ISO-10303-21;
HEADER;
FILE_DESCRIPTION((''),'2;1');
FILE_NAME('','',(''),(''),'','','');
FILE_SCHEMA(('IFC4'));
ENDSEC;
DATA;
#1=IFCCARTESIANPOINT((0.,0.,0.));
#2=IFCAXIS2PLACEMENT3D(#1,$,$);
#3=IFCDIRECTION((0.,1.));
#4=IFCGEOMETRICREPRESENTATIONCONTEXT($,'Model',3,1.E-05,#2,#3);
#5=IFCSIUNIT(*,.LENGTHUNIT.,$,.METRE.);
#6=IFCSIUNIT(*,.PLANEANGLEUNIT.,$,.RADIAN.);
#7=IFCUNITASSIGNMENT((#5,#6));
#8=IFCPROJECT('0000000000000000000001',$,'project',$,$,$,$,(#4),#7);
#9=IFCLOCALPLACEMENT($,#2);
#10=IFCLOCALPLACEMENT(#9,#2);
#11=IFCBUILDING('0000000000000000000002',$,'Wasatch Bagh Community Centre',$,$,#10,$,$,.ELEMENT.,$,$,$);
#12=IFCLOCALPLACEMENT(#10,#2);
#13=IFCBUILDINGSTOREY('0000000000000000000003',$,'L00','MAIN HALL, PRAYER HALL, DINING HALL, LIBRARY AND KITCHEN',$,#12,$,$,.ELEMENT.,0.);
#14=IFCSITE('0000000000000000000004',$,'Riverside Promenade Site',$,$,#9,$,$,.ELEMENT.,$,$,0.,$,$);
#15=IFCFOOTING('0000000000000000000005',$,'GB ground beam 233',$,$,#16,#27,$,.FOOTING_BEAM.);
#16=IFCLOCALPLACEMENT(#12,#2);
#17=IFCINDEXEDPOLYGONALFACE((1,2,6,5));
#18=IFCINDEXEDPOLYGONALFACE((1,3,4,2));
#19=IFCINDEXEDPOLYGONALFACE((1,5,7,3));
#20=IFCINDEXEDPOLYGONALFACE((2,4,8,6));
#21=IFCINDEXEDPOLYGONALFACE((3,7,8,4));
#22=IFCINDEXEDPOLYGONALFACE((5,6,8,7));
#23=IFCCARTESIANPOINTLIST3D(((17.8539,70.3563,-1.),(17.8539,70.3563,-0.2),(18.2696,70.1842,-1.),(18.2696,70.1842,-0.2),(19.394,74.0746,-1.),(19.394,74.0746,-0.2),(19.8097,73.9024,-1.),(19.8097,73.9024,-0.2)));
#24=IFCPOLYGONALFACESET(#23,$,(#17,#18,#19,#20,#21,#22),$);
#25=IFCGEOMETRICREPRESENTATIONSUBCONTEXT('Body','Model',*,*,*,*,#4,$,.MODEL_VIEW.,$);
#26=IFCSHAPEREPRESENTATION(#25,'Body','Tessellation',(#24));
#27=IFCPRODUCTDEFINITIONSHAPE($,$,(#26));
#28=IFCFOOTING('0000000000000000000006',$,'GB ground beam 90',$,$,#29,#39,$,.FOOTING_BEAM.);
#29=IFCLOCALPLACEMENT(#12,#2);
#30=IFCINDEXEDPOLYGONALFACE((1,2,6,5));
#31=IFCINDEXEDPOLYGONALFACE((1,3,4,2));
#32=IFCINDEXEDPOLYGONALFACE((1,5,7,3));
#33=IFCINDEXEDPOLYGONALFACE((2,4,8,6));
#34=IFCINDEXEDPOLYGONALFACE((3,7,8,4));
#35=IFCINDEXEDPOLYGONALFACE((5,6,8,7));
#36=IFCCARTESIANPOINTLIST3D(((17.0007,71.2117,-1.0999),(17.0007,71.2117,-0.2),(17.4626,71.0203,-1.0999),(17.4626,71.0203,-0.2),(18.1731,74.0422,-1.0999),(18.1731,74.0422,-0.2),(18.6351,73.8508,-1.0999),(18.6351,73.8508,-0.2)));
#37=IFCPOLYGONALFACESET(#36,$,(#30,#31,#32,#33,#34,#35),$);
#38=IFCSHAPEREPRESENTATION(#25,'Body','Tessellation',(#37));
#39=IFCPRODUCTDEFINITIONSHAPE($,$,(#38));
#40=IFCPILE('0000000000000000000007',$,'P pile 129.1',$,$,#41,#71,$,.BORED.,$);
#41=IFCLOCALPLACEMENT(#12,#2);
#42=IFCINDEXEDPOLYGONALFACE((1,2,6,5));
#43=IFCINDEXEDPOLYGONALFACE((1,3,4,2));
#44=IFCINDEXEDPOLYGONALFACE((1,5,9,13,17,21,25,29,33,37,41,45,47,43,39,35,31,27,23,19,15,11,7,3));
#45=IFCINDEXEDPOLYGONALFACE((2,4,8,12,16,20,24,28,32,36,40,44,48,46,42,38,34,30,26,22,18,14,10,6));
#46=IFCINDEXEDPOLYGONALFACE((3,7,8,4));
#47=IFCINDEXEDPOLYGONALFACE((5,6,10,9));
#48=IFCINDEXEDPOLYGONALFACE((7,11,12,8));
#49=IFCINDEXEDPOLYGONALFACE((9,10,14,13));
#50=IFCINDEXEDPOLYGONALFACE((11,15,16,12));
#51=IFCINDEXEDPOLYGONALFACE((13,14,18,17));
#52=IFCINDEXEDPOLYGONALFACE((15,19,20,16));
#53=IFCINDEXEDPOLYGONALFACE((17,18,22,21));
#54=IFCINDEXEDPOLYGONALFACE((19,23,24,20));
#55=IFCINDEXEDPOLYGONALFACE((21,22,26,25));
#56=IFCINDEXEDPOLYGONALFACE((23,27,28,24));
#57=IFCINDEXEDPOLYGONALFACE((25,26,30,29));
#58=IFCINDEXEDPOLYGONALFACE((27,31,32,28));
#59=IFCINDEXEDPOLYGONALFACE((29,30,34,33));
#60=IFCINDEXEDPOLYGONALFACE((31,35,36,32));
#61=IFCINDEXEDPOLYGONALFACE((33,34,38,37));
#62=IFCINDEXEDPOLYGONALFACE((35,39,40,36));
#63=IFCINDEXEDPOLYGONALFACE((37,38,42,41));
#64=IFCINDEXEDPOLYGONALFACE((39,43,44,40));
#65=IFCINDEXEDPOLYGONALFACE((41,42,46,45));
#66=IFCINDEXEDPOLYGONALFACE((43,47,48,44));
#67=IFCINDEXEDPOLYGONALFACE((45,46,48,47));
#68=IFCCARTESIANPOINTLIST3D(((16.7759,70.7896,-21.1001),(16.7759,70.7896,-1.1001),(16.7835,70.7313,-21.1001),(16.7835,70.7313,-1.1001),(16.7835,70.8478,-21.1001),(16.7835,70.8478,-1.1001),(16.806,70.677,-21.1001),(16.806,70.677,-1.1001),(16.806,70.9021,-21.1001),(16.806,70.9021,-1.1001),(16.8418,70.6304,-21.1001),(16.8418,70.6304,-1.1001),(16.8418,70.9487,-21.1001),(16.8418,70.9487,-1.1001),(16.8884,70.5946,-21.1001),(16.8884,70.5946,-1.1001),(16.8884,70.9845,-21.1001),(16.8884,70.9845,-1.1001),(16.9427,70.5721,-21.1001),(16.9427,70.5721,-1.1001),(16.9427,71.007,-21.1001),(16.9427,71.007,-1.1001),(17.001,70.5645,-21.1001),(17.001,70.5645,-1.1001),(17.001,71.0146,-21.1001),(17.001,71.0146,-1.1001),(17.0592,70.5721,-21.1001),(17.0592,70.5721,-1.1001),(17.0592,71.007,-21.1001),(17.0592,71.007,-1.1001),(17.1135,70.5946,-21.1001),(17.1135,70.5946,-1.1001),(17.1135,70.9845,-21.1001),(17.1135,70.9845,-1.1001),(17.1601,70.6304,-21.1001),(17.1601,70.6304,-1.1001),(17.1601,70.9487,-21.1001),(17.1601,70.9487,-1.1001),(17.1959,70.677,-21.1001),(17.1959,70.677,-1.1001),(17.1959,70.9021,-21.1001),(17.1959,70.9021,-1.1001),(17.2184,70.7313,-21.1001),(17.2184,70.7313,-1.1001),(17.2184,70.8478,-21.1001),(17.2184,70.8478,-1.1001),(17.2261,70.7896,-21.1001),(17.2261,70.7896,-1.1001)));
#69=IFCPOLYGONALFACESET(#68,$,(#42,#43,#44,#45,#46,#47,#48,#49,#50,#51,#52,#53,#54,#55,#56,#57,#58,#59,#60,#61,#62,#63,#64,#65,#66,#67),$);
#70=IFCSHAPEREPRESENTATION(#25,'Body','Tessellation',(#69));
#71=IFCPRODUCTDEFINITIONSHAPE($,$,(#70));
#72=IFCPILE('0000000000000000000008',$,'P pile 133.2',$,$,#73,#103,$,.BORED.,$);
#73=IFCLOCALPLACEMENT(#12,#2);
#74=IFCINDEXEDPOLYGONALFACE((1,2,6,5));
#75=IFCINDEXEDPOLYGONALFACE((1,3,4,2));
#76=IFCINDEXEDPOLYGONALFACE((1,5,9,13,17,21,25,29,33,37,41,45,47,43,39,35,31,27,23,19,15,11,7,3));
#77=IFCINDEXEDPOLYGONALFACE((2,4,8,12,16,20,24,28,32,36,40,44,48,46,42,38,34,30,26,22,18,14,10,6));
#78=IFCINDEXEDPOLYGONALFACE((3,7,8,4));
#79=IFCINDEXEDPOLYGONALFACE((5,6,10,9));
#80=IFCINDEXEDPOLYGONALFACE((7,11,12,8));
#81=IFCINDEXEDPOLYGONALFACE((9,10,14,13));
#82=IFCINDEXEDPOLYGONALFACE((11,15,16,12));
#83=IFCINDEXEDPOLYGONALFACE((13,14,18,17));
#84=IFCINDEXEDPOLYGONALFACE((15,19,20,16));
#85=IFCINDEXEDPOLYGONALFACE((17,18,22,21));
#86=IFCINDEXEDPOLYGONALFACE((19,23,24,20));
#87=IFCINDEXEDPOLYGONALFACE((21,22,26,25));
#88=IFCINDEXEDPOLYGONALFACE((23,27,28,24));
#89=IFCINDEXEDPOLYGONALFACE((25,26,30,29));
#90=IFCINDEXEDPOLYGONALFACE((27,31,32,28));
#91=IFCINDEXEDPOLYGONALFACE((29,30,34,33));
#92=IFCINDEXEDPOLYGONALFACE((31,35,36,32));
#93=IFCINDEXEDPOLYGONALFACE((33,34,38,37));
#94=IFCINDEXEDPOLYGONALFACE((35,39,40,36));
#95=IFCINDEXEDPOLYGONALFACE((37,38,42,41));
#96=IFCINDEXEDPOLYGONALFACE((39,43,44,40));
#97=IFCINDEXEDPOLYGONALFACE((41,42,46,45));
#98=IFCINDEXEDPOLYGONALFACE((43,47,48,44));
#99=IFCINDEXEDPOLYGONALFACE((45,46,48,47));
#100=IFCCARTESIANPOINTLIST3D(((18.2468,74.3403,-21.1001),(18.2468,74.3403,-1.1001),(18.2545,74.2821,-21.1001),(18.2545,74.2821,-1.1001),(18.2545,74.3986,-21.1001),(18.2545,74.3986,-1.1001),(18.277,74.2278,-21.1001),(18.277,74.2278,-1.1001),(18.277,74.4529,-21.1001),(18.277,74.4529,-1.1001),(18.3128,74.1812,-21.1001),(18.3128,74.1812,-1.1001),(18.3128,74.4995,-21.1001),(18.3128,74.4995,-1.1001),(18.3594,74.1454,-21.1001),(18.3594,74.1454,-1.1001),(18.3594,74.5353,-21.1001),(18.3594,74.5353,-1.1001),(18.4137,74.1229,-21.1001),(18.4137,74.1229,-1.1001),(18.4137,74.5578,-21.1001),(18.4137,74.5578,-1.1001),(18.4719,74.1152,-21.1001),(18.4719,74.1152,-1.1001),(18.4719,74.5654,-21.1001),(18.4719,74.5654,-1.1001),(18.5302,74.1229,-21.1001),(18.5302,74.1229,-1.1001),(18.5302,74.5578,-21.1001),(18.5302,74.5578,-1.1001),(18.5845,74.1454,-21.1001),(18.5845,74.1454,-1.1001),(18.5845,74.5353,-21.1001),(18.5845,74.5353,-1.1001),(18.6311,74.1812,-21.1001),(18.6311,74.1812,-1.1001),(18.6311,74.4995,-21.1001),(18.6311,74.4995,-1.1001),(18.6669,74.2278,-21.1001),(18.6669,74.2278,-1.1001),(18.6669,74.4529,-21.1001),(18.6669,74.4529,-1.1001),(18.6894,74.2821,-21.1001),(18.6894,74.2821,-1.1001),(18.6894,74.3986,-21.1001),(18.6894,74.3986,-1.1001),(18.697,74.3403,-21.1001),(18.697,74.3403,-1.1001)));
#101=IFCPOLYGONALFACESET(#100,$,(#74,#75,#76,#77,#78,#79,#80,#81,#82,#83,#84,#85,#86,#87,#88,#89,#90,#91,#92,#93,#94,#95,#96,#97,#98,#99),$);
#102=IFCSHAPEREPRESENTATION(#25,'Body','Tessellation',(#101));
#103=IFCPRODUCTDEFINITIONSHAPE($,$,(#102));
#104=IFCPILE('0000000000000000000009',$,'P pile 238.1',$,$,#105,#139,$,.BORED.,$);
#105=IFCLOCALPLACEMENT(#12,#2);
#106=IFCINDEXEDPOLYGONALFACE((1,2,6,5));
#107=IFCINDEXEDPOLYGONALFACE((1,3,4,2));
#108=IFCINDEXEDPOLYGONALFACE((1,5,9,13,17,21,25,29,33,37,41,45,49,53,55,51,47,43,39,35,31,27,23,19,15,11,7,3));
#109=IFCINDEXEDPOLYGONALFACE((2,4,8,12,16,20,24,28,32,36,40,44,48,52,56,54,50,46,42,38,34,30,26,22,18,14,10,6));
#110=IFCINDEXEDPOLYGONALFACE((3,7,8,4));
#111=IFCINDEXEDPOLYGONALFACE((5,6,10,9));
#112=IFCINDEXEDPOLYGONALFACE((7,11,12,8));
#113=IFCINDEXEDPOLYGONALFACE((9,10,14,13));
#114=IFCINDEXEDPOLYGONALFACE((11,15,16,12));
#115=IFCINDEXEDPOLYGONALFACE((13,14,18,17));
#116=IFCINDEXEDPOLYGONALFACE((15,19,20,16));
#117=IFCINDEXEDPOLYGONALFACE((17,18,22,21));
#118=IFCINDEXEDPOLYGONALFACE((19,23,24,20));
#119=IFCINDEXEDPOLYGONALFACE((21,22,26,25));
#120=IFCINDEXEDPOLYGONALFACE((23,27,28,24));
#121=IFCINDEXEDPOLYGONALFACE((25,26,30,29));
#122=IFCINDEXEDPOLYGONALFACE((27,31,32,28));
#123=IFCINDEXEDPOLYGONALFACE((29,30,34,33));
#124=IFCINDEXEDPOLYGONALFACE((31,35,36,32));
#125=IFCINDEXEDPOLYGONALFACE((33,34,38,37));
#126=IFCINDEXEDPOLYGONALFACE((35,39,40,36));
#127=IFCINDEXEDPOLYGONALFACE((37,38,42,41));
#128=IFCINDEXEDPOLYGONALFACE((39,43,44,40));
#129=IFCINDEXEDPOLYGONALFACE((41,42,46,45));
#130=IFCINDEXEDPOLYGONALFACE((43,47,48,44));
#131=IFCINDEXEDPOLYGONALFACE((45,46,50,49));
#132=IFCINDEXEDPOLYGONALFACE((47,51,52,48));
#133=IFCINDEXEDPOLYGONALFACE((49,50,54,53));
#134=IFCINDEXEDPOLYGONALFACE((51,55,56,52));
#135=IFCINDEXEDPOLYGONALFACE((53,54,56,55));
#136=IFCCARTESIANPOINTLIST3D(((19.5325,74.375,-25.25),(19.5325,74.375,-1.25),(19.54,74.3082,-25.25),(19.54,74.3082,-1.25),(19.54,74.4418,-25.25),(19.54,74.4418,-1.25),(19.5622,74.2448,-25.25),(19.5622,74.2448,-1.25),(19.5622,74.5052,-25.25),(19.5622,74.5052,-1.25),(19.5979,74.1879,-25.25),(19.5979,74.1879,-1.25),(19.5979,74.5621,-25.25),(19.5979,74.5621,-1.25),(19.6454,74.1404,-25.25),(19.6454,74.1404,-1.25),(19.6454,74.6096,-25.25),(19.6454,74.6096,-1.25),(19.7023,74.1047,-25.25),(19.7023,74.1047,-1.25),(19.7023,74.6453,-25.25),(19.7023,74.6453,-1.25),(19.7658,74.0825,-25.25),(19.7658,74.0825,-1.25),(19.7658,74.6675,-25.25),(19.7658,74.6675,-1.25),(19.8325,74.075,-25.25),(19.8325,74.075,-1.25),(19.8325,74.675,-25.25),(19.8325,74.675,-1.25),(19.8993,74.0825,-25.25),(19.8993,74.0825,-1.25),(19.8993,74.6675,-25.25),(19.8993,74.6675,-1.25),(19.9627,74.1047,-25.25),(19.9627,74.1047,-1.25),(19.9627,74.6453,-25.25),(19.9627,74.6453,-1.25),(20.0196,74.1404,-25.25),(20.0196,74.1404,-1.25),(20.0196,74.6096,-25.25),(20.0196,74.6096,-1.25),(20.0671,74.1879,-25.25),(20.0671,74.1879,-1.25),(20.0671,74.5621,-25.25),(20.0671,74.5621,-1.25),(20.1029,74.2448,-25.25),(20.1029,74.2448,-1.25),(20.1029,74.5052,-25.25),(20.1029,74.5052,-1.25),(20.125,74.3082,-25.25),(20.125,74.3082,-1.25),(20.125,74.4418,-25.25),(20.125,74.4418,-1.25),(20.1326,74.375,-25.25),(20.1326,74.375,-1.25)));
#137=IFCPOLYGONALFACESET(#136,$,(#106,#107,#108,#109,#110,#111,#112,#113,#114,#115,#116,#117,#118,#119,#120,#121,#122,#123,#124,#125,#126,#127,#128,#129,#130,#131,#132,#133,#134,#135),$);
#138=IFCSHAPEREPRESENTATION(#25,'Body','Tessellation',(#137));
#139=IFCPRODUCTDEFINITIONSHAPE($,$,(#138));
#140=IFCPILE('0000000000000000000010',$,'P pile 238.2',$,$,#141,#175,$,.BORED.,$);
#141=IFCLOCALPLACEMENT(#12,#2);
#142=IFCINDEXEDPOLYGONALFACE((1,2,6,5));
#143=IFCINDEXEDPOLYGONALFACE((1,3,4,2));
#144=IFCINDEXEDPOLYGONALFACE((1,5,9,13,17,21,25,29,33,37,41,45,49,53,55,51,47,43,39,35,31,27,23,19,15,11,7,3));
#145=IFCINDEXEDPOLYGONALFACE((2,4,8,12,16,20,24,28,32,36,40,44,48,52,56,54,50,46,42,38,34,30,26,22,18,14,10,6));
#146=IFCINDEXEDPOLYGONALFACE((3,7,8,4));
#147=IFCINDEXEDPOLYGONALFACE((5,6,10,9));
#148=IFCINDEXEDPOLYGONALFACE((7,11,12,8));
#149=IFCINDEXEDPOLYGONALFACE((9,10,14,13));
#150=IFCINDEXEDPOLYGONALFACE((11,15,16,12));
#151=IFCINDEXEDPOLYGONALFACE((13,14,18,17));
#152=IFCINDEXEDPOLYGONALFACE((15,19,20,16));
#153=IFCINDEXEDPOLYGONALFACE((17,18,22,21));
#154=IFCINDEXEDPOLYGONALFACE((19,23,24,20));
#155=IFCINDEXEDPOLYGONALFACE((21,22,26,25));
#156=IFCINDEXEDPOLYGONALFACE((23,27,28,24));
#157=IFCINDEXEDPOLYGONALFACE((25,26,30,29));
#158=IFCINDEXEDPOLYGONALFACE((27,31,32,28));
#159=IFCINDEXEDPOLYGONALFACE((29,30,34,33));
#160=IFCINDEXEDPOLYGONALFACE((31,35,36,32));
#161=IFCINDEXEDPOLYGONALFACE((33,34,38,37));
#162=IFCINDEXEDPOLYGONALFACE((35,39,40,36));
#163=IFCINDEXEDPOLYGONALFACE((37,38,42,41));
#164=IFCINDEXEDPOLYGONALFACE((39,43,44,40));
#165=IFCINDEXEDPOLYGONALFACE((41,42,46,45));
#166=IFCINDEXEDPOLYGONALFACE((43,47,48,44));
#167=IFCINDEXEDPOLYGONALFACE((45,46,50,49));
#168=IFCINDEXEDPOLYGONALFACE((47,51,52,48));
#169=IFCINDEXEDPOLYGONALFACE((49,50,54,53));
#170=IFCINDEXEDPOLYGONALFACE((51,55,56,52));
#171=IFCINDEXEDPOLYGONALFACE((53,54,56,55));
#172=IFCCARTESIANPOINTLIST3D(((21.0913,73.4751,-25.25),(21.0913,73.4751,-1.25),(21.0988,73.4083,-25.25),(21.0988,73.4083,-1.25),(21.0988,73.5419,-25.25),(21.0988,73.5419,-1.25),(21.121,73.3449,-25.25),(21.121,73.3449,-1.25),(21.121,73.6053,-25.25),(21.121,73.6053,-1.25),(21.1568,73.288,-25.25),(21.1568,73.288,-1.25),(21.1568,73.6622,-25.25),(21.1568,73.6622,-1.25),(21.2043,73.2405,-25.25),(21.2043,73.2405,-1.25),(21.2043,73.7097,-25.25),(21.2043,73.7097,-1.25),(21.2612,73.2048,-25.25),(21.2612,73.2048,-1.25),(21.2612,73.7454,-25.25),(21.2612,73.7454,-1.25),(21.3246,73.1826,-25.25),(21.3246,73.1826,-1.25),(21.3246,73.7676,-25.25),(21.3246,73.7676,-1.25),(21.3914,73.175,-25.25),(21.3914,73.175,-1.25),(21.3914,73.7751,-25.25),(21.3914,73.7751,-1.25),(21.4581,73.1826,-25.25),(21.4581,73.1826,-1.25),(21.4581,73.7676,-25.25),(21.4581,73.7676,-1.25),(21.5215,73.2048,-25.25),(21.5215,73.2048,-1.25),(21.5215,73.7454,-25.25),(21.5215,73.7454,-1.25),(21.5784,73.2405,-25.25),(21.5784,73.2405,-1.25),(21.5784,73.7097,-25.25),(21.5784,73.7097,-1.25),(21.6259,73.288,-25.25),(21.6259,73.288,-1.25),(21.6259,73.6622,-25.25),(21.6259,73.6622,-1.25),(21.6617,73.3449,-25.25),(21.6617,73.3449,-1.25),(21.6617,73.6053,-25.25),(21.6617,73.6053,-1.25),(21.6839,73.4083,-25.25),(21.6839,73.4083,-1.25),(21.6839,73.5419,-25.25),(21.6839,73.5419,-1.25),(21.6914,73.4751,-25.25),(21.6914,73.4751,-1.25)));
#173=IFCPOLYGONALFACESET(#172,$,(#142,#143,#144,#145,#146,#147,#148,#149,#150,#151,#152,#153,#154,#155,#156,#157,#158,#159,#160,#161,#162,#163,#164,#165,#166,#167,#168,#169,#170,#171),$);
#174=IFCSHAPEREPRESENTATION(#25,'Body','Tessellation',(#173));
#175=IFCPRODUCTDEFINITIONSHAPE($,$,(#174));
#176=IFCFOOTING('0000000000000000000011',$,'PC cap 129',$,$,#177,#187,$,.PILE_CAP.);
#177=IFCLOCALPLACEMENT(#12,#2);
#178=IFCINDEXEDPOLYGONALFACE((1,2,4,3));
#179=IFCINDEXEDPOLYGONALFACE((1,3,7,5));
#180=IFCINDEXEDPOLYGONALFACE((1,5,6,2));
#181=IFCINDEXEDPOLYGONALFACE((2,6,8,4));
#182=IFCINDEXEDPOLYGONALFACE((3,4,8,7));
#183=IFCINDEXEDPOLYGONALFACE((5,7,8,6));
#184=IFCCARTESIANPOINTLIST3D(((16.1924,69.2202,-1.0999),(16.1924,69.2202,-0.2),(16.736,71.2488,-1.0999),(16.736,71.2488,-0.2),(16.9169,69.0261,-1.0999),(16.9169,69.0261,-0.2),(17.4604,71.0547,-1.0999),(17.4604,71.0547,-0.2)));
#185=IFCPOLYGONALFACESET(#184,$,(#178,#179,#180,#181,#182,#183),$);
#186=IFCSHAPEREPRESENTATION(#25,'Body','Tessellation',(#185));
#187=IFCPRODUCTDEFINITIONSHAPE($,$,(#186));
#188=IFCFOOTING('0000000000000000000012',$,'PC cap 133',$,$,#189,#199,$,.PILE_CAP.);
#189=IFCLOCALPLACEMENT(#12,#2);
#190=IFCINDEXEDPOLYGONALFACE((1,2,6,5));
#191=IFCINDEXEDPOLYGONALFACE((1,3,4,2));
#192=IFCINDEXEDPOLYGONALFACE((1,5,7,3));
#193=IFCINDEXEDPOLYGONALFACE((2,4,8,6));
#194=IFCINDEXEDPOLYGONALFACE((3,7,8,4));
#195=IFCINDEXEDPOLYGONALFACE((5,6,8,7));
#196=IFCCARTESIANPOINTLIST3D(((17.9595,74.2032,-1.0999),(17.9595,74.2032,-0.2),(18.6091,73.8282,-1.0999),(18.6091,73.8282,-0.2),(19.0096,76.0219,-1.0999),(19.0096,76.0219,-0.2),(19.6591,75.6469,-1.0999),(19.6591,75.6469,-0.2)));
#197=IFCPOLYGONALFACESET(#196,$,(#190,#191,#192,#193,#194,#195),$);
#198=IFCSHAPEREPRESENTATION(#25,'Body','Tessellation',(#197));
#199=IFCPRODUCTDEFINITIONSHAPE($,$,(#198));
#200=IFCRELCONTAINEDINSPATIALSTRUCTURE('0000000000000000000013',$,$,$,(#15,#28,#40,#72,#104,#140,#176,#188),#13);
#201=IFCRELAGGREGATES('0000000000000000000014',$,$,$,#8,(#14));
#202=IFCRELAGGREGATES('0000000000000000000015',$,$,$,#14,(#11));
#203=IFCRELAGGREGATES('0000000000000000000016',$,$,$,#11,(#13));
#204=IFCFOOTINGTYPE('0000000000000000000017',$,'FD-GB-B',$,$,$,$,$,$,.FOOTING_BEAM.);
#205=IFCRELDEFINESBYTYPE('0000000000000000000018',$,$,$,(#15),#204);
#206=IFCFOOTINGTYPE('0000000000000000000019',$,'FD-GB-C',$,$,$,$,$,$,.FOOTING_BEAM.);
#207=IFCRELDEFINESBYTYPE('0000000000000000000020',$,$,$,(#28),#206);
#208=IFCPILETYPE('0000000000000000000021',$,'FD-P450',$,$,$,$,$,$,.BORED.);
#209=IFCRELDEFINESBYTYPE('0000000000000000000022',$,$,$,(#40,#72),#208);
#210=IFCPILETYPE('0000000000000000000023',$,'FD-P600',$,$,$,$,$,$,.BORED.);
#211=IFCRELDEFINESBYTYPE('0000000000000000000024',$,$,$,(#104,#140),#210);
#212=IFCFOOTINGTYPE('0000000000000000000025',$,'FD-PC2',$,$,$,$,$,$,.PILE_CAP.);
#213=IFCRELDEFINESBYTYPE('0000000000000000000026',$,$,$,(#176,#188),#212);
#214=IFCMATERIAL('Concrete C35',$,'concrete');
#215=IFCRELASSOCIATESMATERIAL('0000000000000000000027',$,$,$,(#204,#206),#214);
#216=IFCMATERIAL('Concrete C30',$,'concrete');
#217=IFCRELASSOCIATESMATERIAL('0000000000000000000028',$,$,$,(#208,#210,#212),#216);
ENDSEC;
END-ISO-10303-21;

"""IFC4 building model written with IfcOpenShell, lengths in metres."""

from ifc_helpers import new_model, si_unit, direction, frame, origin, origin_2d, place, context, subcontext, project, spatial, rectangle, circle, extrude, material, material_profile, profile_set, type_object, element, save


model = new_model("IFC4")

# Units and contexts
model_context = context("Model", 3, precision=1e-05, world=origin(), true_north=direction((0.0, 1.0)))
body_context = subcontext(model_context, "Body", "Model", "MODEL_VIEW")
ifc_project = project(units=[si_unit("LENGTHUNIT", "METRE"), si_unit("PLANEANGLEUNIT", "RADIAN")], contexts=[model_context])

# Site, building, storey
site_placement = place(None, origin())
site = spatial("IfcSite", under=ifc_project, at=site_placement, Name="Riverside Promenade Site", CompositionType="ELEMENT", RefElevation=0.0)
building_placement = place(site_placement, origin())
building = spatial("IfcBuilding", under=site, at=building_placement, Name="Wasatch Bagh Community Centre", CompositionType="ELEMENT")
storey_placement = place(building_placement, origin())
storey = spatial("IfcBuildingStorey", under=building, at=storey_placement, Name="L00", Description="MAIN HALL, PRAYER HALL, DINING HALL, LIBRARY AND KITCHEN", CompositionType="ELEMENT", Elevation=0.0)

# Footings
ifc_material_1 = material(Name="Concrete C35", Category="concrete")
footing_type_1 = type_object("IfcFootingType", Name="FD-GB-B", PredefinedType="FOOTING_BEAM", material=ifc_material_1)
footing_1_placement = place(storey_placement, frame((18.8318, 72.1294, -1.0), z_axis=(0.0, 0.0, 1.0), x_axis=(-0.382683, -0.92388, 0.0)))
element("IfcFooting", 1, at=footing_1_placement, inside=storey, type_object=footing_type_1, Name="GB ground beam 233", PredefinedType="FOOTING_BEAM", context=body_context, shape_type="SweptSolid", body=[
    extrude(rectangle(XDim=4.0247, YDim=0.45, at=origin_2d()), origin(), (0.0, 0.0, 1.0), 0.8),
])
footing_type_2 = type_object("IfcFootingType", Name="FD-GB-C", PredefinedType="FOOTING_BEAM", material=ifc_material_1)
footing_2_placement = place(storey_placement, frame((17.8179, 72.5312, -1.0999), z_axis=(0.0, 0.0, 1.0), x_axis=(-0.382683, -0.92388, 0.0)))
element("IfcFooting", 2, at=footing_2_placement, inside=storey, type_object=footing_type_2, Name="GB ground beam 90", PredefinedType="FOOTING_BEAM", context=body_context, shape_type="SweptSolid", body=[
    extrude(rectangle(XDim=3.0637, YDim=0.5, at=origin_2d()), origin(), (0.0, 0.0, 1.0), 0.8999),
])

# Piles
ifc_material_2 = material(Name="Concrete C30", Category="concrete")
ifc_material_profile_1 = material_profile(ifc_material_2, circle(Radius=0.2251, at=origin_2d()), Name="RC D450")
ifc_profile_set_1 = profile_set([ifc_material_profile_1], Name="Concrete C30")
pile_type_1 = type_object("IfcPileType", Name="FD-P450", PredefinedType="BORED", material=ifc_profile_set_1)
for number, where, z_axis, x_axis, name in (
    (3, (17.001, 70.7896, -1.1001), (0.0, 0.0, -1.0), (1.0, 0.0, 0.0), "P pile 129.1"),
    (4, (18.4719, 74.3403, -1.1001), (0.0, 0.0, -1.0), (1.0, 0.0, 0.0), "P pile 133.2"),
):
    element("IfcPile", number, at=place(storey_placement, frame(where, z_axis=z_axis, x_axis=x_axis)), inside=storey, type_object=pile_type_1, Name=name, PredefinedType="BORED", context=body_context, shape_type="SweptSolid", body=[
        extrude(circle(Radius=0.2251, at=origin_2d()), origin(), (0.0, 0.0, 1.0), 20.0),
    ])
ifc_material_profile_2 = material_profile(ifc_material_2, circle(Radius=0.3, at=origin_2d()), Name="RC D600")
ifc_profile_set_2 = profile_set([ifc_material_profile_2], Name="Concrete C30")
pile_type_2 = type_object("IfcPileType", Name="FD-P600", PredefinedType="BORED", material=ifc_profile_set_2)
for number, where, z_axis, x_axis, name in (
    (5, (19.8325, 74.375, -1.25), (0.0, 0.0, -1.0), (1.0, 0.0, 0.0), "P pile 238.1"),
    (6, (21.3914, 73.4751, -1.25), (0.0, 0.0, -1.0), (1.0, 0.0, 0.0), "P pile 238.2"),
):
    element("IfcPile", number, at=place(storey_placement, frame(where, z_axis=z_axis, x_axis=x_axis)), inside=storey, type_object=pile_type_2, Name=name, PredefinedType="BORED", context=body_context, shape_type="SweptSolid", body=[
        extrude(circle(Radius=0.3, at=origin_2d()), origin(), (0.0, 0.0, 1.0), 24.0),
    ])

# Footings
footing_type_3 = type_object("IfcFootingType", Name="FD-PC2", PredefinedType="PILE_CAP", material=ifc_material_2)
for number, where, z_axis, x_axis, name in (
    (7, (16.8264, 70.1375, -1.0999), (0.0, 0.0, 1.0), (-0.258819, -0.965926, 0.0), "PC cap 129"),
    (8, (18.8093, 74.925, -1.0999), (0.0, 0.0, 1.0), (-0.5, -0.866025, 0.0), "PC cap 133"),
):
    element("IfcFooting", number, at=place(storey_placement, frame(where, z_axis=z_axis, x_axis=x_axis)), inside=storey, type_object=footing_type_3, Name=name, PredefinedType="PILE_CAP", context=body_context, shape_type="SweptSolid", body=[
        extrude(rectangle(XDim=2.1001, YDim=0.75, at=origin_2d()), origin(), (0.0, 0.0, 1.0), 0.8999),
    ])

save(model, "model.ifc")
